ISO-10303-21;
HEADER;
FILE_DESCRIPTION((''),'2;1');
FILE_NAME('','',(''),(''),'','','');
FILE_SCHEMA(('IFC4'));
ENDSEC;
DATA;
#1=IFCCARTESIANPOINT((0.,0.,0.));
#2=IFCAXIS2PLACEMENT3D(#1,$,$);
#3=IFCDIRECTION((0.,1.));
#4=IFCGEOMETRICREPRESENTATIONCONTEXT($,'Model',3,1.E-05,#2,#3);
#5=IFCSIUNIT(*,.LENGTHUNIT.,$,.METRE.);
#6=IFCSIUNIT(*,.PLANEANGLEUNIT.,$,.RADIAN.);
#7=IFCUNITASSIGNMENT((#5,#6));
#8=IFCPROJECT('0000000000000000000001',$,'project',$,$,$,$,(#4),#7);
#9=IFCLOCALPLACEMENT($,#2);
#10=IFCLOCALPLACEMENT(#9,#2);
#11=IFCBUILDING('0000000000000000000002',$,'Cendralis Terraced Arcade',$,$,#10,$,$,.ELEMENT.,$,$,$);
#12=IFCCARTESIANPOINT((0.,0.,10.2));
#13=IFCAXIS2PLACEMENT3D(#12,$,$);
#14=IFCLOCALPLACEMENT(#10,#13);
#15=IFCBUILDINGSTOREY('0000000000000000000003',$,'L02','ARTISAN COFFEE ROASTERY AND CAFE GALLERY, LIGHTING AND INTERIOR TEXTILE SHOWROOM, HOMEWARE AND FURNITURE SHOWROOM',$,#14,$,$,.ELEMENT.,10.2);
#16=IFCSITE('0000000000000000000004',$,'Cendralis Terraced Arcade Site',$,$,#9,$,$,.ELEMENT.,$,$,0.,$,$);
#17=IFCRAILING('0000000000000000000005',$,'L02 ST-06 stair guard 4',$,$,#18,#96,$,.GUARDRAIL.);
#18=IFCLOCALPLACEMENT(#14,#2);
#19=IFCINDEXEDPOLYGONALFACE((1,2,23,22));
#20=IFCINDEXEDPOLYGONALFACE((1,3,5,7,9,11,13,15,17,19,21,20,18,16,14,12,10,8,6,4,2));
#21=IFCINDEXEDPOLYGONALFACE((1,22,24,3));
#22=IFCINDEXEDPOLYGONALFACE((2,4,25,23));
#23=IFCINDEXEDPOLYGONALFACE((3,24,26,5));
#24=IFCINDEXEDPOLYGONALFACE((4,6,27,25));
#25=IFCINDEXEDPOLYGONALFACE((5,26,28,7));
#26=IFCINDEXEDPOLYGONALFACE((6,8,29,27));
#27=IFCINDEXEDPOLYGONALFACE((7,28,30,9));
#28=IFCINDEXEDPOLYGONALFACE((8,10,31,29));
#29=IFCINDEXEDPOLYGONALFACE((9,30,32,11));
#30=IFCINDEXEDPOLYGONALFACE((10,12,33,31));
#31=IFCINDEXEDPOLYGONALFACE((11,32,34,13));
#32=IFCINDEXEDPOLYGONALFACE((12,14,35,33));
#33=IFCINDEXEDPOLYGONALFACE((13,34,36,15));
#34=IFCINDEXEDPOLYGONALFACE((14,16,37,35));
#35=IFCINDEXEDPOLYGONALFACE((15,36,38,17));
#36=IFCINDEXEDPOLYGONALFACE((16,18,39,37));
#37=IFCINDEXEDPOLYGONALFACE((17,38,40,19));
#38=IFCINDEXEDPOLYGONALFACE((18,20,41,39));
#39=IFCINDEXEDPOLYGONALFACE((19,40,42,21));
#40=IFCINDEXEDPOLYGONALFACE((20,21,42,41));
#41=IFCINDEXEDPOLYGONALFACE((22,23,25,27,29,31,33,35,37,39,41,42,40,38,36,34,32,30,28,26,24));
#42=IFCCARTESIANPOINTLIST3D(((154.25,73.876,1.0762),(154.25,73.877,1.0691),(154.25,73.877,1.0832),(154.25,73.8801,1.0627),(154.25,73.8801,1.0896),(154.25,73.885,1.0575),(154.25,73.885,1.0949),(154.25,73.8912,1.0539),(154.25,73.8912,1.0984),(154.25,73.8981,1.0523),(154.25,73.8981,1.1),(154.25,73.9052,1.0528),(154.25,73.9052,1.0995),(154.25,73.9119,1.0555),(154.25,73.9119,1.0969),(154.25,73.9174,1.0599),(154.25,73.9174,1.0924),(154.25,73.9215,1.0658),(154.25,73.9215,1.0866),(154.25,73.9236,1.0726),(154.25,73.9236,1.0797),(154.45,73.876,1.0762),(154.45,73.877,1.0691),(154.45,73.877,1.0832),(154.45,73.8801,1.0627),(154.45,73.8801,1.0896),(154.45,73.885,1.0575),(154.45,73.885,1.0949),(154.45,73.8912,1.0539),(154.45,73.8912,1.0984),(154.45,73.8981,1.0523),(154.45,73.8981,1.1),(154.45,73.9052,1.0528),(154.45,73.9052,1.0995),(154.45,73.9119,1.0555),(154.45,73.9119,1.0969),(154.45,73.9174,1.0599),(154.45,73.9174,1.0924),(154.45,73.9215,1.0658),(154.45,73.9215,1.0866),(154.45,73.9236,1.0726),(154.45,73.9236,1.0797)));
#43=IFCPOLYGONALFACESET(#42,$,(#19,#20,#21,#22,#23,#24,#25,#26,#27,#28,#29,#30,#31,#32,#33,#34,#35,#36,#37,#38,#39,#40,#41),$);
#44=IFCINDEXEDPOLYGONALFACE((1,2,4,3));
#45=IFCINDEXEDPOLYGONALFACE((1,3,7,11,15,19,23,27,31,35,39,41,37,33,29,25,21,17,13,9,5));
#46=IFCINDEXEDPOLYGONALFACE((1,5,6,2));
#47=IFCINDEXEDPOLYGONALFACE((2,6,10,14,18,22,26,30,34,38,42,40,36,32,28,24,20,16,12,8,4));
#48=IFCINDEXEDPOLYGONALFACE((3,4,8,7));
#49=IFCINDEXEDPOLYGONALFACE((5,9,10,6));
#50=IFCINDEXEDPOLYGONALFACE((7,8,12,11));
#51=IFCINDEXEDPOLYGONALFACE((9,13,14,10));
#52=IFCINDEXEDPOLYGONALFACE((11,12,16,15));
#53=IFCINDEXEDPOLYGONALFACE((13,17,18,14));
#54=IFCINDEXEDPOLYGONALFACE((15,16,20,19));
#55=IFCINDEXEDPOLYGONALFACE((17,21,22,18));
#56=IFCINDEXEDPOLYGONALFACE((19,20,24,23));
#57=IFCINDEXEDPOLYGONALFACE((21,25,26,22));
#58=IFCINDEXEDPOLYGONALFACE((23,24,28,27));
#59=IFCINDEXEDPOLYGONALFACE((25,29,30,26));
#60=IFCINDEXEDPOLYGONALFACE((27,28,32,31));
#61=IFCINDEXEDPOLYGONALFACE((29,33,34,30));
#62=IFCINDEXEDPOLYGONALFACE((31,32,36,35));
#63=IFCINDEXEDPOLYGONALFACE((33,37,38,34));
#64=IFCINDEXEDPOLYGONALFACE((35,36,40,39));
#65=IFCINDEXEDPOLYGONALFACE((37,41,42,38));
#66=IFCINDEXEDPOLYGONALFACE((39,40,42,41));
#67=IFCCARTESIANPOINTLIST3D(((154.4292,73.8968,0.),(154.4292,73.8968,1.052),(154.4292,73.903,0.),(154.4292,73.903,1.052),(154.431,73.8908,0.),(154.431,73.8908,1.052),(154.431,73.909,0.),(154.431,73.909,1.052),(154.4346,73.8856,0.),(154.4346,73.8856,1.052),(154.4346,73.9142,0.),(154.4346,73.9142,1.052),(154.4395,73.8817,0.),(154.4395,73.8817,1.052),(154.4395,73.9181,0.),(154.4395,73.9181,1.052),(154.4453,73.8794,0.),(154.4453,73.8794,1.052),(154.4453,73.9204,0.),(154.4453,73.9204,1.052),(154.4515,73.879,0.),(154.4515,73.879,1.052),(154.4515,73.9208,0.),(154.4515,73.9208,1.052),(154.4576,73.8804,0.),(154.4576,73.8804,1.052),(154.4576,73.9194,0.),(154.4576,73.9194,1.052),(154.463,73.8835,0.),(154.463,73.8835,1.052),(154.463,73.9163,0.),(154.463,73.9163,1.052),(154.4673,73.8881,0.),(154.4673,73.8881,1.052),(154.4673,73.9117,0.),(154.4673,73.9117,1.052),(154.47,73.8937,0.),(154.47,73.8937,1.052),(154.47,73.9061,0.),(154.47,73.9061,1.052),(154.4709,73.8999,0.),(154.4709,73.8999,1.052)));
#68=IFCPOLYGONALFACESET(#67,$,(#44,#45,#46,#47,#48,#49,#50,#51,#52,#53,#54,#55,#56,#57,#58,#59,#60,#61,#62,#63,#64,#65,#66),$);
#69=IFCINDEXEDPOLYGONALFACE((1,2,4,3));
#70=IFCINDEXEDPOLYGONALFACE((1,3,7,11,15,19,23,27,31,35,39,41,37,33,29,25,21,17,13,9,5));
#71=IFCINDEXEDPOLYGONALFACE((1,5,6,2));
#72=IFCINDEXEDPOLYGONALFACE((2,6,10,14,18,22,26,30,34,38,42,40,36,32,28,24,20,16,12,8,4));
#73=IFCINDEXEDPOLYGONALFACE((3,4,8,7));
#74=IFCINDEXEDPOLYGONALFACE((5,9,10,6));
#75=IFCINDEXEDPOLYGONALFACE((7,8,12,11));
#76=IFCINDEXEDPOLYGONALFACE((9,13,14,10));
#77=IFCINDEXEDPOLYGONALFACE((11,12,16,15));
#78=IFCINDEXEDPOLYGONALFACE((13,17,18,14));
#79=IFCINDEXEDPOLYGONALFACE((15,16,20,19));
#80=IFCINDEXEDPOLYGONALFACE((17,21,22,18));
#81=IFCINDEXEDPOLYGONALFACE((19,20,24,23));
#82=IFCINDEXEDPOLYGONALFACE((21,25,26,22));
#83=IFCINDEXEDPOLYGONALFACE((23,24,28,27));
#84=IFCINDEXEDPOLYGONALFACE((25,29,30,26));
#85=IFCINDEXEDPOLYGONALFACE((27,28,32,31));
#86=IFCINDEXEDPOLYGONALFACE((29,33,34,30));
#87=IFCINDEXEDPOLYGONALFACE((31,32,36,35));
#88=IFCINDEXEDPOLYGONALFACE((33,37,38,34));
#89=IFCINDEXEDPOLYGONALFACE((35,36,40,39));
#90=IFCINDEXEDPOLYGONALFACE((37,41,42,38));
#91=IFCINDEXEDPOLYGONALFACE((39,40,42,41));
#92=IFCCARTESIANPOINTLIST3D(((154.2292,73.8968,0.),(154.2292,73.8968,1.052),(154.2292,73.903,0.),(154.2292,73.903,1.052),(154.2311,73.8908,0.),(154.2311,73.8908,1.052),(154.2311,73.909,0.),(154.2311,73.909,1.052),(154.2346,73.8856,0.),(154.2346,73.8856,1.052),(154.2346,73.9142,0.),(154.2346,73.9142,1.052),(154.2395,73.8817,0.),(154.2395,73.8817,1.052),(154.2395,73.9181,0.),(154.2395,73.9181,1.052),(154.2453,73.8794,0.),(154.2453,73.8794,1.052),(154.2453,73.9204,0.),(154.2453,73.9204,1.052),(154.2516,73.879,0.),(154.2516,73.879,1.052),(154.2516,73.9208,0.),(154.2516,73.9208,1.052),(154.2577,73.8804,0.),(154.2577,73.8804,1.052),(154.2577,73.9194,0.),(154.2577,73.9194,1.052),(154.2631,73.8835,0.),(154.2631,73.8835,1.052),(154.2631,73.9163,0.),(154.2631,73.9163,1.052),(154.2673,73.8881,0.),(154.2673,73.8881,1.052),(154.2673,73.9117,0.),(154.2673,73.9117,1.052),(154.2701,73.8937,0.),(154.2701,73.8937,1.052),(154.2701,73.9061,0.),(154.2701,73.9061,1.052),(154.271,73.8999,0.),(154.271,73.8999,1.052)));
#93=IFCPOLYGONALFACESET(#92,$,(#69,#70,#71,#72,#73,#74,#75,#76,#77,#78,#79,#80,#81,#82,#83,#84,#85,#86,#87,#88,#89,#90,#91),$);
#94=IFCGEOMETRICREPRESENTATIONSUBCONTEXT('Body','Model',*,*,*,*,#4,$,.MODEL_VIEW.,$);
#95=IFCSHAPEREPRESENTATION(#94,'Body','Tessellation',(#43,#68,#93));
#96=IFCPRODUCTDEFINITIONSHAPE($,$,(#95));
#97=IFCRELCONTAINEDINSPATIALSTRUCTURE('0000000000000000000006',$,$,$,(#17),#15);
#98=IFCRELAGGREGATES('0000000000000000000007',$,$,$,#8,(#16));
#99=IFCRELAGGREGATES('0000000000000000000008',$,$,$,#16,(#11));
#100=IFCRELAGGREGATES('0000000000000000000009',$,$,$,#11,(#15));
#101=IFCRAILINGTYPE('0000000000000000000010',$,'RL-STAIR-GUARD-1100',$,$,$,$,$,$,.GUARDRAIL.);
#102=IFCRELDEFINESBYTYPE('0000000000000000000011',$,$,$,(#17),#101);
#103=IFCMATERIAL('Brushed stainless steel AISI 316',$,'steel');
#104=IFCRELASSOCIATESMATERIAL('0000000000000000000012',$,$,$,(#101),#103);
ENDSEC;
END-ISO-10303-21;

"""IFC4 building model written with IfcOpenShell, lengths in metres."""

from ifc_helpers import new_model, si_unit, direction, frame, origin, origin_2d, place, context, subcontext, project, spatial, circle, extrude, material, type_object, element, save


model = new_model("IFC4")

# Units and contexts
model_context = context("Model", 3, precision=1e-05, world=origin(), true_north=direction((0.0, 1.0)))
body_context = subcontext(model_context, "Body", "Model", "MODEL_VIEW")
ifc_project = project(units=[si_unit("LENGTHUNIT", "METRE"), si_unit("PLANEANGLEUNIT", "RADIAN")], contexts=[model_context])

# Site, building, storey
site_placement = place(None, origin())
site = spatial("IfcSite", under=ifc_project, at=site_placement, Name="Cendralis Terraced Arcade Site", CompositionType="ELEMENT", RefElevation=0.0)
building_placement = place(site_placement, origin())
building = spatial("IfcBuilding", under=site, at=building_placement, Name="Cendralis Terraced Arcade", CompositionType="ELEMENT")
storey_placement = place(building_placement, frame((0.0, 0.0, 10.2)))
storey = spatial("IfcBuildingStorey", under=building, at=storey_placement, Name="L02", Description="ARTISAN COFFEE ROASTERY AND CAFE GALLERY, LIGHTING AND INTERIOR TEXTILE SHOWROOM, HOMEWARE AND FURNITURE SHOWROOM", CompositionType="ELEMENT", Elevation=10.2)

# Railing
ifc_material_1 = material(Name="Brushed stainless steel AISI 316", Category="steel")
railing_type_1 = type_object("IfcRailingType", Name="RL-STAIR-GUARD-1100", PredefinedType="GUARDRAIL", material=ifc_material_1)
railing_1_placement = place(storey_placement, frame((154.45, 73.8999, 0.0)))
element("IfcRailing", 1, at=railing_1_placement, inside=storey, type_object=railing_type_1, Name="L02 ST-06 stair guard 4", PredefinedType="GUARDRAIL", context=body_context, shape_type="SweptSolid", body=[
    extrude(circle(Radius=0.0239, at=origin_2d()), frame((0.0, 0.0, 1.0762), z_axis=(-1.0, 0.0, 0.0), x_axis=(0.0, -1.0, 0.0)), (0.0, 0.0, 1.0), 0.2),
    extrude(circle(Radius=0.021, at=origin_2d()), origin(), (0.0, 0.0, 1.0), 1.052),
    extrude(circle(Radius=0.021, at=origin_2d()), frame((-0.2, 0.0, 0.0)), (0.0, 0.0, 1.0), 1.052),
])

save(model, "model.ifc")
